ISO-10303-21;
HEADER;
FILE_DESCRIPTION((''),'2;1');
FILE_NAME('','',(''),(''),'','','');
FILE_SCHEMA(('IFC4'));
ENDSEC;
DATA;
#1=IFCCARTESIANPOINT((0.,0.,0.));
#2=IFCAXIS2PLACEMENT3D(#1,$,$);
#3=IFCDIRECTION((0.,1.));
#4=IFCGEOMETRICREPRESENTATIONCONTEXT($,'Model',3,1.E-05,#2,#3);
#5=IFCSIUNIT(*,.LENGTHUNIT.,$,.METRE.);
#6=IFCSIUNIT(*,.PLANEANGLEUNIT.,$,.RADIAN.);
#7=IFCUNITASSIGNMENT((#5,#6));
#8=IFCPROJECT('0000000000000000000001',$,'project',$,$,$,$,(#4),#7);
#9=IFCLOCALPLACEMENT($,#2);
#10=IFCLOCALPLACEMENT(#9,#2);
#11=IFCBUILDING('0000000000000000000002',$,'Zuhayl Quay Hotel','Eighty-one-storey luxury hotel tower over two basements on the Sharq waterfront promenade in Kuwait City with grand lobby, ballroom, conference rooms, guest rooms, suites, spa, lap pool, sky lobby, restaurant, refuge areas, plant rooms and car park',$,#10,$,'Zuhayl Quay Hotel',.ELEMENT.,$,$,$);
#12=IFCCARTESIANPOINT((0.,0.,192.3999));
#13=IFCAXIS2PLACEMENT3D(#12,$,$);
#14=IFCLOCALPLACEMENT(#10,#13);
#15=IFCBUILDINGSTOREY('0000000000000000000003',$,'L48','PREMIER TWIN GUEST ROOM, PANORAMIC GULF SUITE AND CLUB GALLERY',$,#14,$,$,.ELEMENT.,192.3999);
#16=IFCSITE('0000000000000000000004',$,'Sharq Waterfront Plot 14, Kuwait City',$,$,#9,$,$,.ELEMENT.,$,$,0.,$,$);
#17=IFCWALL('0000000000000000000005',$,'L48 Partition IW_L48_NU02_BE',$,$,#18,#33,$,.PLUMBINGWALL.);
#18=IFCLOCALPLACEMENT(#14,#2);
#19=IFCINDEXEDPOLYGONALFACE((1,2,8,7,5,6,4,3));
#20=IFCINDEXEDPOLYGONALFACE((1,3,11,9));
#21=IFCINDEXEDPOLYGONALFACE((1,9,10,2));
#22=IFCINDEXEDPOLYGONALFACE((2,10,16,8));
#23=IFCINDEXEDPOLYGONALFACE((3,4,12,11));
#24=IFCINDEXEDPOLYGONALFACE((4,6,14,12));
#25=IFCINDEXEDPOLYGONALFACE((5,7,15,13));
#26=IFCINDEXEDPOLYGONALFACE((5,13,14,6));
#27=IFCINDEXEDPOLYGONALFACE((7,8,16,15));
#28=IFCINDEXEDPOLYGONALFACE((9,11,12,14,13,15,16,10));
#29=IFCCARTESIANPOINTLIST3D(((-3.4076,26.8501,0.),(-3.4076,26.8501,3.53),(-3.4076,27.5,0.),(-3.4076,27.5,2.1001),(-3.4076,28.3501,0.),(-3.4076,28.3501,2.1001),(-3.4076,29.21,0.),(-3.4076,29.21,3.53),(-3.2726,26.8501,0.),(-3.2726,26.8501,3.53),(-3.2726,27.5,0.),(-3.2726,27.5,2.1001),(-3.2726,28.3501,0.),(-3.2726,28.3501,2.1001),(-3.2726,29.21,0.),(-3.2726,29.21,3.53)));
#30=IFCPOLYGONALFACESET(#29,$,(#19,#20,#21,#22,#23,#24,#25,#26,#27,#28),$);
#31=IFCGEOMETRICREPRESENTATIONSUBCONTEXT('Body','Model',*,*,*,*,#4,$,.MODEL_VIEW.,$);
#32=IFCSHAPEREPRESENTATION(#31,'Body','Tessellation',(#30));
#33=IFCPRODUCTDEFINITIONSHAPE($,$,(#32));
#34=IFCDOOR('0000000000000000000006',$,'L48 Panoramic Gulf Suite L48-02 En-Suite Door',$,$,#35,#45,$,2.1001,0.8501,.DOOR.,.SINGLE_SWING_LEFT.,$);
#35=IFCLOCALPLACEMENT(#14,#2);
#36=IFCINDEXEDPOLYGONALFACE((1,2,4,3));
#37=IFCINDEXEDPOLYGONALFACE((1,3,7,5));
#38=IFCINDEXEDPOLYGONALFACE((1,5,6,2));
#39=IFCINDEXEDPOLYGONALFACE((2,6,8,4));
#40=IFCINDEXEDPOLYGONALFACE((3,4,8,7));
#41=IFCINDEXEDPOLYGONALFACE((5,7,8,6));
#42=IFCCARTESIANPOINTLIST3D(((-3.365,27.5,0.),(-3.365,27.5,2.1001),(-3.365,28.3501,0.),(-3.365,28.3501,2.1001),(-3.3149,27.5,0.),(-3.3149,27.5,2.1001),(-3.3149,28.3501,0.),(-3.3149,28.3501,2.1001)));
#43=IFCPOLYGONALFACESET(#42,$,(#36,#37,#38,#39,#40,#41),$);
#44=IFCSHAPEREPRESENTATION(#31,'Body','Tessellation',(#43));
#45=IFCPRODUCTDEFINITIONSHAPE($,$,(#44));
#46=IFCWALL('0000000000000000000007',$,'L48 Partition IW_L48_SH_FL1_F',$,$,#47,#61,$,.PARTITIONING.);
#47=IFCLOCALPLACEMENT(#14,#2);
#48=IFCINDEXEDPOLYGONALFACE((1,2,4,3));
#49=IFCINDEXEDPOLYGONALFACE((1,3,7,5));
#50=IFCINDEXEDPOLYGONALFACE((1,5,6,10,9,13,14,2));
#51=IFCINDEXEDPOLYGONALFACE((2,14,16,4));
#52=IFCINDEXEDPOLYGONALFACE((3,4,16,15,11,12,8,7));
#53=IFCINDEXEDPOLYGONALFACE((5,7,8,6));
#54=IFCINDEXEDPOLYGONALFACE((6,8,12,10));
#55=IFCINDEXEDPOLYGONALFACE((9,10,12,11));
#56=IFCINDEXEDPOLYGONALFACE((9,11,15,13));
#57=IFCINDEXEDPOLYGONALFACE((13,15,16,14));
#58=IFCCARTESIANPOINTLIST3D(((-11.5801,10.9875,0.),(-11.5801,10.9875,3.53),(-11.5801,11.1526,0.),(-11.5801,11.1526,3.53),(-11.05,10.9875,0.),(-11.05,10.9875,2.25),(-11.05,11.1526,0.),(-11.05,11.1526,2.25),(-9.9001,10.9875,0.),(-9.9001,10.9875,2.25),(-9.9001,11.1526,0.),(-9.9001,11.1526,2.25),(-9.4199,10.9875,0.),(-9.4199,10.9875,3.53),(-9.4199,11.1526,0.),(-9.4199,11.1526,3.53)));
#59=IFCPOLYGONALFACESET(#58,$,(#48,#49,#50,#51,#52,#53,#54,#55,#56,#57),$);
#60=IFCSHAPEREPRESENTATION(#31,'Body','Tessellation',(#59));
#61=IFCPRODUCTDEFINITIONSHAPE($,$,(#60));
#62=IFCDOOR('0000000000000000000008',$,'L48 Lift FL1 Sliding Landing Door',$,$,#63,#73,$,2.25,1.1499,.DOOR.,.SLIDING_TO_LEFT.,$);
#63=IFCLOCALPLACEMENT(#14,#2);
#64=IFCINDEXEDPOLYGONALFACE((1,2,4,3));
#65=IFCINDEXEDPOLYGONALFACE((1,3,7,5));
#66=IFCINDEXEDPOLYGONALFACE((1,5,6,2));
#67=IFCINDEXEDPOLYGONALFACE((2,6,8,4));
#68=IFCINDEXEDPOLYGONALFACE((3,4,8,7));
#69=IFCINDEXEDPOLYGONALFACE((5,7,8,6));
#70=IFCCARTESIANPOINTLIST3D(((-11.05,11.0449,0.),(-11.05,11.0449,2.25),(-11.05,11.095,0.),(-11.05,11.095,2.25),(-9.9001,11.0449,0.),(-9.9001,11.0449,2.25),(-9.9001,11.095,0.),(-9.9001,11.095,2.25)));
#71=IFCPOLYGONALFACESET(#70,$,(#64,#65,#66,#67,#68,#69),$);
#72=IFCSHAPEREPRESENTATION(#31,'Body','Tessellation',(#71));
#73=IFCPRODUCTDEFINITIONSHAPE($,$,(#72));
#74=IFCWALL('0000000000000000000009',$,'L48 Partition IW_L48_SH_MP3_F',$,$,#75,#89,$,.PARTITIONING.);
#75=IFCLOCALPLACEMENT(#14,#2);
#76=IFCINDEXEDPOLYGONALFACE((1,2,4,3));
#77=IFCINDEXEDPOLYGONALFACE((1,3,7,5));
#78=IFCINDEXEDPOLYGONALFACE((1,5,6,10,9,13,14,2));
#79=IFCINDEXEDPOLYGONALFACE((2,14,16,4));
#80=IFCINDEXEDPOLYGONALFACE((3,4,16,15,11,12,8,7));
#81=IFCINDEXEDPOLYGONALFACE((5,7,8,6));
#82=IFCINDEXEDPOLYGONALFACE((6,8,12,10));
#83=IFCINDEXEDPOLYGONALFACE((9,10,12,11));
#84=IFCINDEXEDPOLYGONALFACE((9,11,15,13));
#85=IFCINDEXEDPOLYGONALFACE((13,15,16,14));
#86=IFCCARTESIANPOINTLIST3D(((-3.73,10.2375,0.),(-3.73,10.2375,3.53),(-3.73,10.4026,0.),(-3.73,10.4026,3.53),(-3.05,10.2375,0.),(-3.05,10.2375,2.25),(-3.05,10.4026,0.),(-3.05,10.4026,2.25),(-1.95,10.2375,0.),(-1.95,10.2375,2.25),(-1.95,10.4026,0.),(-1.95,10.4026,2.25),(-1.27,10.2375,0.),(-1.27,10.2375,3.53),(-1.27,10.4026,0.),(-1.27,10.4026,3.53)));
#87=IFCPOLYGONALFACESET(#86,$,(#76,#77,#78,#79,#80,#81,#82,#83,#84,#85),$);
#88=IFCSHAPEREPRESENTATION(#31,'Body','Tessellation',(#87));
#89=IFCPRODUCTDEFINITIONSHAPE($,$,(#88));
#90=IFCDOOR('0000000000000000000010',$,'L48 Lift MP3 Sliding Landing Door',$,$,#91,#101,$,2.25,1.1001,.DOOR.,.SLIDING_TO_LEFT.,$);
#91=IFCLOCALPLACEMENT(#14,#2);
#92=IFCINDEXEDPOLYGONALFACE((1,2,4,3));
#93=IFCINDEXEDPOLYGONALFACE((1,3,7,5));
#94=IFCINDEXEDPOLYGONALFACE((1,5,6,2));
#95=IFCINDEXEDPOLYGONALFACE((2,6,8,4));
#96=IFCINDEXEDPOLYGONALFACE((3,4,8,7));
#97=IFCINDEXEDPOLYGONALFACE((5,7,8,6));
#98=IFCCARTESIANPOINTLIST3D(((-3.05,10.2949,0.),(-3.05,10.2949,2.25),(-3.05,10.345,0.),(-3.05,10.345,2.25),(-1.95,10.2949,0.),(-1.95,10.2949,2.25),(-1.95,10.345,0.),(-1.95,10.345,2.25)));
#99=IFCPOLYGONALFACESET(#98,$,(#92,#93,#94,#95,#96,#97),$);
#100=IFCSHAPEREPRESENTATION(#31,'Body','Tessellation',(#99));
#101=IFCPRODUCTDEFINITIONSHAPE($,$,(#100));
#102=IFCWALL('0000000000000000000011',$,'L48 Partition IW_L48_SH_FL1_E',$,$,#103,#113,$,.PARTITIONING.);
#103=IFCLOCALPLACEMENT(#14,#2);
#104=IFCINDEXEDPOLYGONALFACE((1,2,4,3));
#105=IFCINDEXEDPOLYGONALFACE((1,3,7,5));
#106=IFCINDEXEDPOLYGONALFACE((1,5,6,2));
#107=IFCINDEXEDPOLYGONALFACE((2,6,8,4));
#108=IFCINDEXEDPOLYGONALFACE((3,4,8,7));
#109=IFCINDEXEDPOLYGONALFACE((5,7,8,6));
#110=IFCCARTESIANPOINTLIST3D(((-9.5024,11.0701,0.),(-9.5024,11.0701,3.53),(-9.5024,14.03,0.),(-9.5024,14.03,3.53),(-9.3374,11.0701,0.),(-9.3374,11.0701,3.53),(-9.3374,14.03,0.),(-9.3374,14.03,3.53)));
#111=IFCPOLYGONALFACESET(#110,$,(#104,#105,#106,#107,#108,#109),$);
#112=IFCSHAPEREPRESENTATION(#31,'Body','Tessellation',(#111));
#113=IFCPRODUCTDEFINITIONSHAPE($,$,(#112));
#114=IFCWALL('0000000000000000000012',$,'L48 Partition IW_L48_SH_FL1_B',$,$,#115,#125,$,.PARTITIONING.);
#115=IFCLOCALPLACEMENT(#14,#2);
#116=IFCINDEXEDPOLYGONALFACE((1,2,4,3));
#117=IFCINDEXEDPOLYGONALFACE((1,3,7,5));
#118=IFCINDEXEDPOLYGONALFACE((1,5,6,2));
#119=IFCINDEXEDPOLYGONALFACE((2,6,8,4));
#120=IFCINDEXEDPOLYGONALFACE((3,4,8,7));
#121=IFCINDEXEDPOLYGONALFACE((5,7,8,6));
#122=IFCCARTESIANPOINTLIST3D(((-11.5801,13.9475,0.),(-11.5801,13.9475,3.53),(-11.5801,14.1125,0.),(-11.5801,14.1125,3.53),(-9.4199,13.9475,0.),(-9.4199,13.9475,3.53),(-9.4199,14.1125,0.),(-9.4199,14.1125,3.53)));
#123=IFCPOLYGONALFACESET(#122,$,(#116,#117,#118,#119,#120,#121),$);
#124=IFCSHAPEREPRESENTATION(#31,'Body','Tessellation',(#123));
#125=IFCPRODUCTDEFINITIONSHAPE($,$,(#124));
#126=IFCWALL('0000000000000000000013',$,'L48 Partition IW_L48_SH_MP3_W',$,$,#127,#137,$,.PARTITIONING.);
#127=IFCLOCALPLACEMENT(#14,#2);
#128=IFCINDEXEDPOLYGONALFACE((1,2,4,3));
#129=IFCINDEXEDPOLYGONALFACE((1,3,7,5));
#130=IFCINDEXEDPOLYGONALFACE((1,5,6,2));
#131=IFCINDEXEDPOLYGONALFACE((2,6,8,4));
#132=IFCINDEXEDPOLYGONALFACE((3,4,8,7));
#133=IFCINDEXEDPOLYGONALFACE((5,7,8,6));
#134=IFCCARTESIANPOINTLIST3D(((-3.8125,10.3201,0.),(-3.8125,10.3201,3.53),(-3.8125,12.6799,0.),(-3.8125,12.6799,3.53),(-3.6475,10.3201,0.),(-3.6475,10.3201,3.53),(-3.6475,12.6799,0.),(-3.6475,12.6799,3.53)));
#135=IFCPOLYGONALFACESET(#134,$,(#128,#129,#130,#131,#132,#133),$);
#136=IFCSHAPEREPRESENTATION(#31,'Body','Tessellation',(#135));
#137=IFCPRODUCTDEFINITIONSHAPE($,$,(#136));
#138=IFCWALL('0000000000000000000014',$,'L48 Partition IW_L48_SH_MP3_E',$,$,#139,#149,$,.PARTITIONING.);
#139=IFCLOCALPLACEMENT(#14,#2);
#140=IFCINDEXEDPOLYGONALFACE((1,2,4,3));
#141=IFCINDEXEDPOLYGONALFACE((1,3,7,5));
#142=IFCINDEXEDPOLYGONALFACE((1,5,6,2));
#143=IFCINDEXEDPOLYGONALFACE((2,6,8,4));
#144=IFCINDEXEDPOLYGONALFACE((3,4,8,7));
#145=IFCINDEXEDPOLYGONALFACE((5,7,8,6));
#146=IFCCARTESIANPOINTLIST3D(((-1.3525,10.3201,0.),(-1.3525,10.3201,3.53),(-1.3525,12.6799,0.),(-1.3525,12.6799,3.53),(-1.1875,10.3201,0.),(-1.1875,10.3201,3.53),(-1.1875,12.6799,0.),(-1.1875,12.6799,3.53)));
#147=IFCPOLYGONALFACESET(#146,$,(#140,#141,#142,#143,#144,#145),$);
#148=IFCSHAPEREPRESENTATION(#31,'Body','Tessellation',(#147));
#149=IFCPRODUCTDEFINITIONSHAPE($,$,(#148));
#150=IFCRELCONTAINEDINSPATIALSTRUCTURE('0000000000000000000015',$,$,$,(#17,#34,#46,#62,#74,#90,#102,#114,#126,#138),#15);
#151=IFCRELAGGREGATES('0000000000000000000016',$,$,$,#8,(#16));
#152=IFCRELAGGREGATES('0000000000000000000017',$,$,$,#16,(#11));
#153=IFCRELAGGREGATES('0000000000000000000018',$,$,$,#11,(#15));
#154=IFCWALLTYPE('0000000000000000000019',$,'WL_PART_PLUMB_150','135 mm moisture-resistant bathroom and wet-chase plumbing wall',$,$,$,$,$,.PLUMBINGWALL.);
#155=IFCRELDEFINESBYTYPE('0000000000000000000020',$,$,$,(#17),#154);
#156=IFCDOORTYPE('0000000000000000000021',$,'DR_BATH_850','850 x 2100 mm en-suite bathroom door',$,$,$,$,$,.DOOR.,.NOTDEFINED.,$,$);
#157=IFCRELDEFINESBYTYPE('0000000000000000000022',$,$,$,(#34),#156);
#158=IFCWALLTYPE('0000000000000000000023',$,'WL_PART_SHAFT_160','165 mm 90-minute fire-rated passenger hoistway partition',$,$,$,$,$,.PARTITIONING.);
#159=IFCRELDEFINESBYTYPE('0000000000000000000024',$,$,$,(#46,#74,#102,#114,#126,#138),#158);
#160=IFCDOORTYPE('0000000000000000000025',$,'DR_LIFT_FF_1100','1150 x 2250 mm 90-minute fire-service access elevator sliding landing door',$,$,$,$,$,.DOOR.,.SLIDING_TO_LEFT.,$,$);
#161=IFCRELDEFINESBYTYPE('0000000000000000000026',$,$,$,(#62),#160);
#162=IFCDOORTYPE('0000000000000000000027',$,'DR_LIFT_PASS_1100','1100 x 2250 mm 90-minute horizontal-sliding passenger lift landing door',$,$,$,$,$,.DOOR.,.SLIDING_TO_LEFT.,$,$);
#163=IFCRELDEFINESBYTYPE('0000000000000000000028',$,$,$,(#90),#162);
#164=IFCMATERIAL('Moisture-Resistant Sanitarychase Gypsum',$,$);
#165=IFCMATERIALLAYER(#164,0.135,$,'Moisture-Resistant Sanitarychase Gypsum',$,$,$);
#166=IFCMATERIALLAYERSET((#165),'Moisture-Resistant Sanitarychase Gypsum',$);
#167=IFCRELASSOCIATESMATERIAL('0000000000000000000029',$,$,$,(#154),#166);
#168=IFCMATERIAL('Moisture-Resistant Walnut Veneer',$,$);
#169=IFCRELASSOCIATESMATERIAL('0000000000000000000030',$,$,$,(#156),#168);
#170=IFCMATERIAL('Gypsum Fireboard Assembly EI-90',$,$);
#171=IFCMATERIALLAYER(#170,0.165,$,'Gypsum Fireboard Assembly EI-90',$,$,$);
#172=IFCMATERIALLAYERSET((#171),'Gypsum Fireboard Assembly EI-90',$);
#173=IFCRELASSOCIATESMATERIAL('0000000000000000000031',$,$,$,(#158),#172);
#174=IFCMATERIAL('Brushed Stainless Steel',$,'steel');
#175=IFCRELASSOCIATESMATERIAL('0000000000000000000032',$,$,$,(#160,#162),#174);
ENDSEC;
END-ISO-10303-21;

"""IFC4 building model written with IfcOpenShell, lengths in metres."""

from ifc_helpers import new_model, si_unit, direction, frame, frame_2d, origin, place, context, subcontext, project, spatial, rectangle, extrude, material, layer, layer_set, type_object, element, fill, save


model = new_model("IFC4")

# Units and contexts
model_context = context("Model", 3, precision=1e-05, world=origin(), true_north=direction((0.0, 1.0)))
body_context = subcontext(model_context, "Body", "Model", "MODEL_VIEW")
ifc_project = project(units=[si_unit("LENGTHUNIT", "METRE"), si_unit("PLANEANGLEUNIT", "RADIAN")], contexts=[model_context])

# Site, building, storey
site_placement = place(None, origin())
site = spatial("IfcSite", under=ifc_project, at=site_placement, Name="Sharq Waterfront Plot 14, Kuwait City", CompositionType="ELEMENT", RefElevation=0.0)
building_placement = place(site_placement, origin())
building = spatial("IfcBuilding", under=site, at=building_placement, Name="Zuhayl Quay Hotel", Description="Eighty-one-storey luxury hotel tower over two basements on the Sharq waterfront promenade in Kuwait City with grand lobby, ballroom, conference rooms, guest rooms, suites, spa, lap pool, sky lobby, restaurant, refuge areas, plant rooms and car park", LongName="Zuhayl Quay Hotel", CompositionType="ELEMENT")
storey_placement = place(building_placement, frame((0.0, 0.0, 192.3999)))
storey = spatial("IfcBuildingStorey", under=building, at=storey_placement, Name="L48", Description="PREMIER TWIN GUEST ROOM, PANORAMIC GULF SUITE AND CLUB GALLERY", CompositionType="ELEMENT", Elevation=192.3999)

# Walls, openings, doors
ifc_material_1 = material(Name="Moisture-Resistant Sanitarychase Gypsum")
ifc_layer_1 = layer(ifc_material_1, 0.135, Name="Moisture-Resistant Sanitarychase Gypsum")
ifc_layer_set_1 = layer_set([ifc_layer_1], Name="Moisture-Resistant Sanitarychase Gypsum")
wall_type_1 = type_object("IfcWallType", Name="WL_PART_PLUMB_150", Description="135 mm moisture-resistant bathroom and wet-chase plumbing wall", PredefinedType="PLUMBINGWALL", material=ifc_layer_set_1)
ifc_material_2 = material(Name="Moisture-Resistant Walnut Veneer")
door_type_1 = type_object("IfcDoorType", Name="DR_BATH_850", Description="850 x 2100 mm en-suite bathroom door", OperationType="NOTDEFINED", PredefinedType="DOOR", material=ifc_material_2)
wall_1_placement = place(storey_placement, frame((-3.3401, 26.8501, 0.0), z_axis=(0.0, 0.0, 1.0), x_axis=(0.0, 1.0, 0.0)))
wall_1 = element("IfcWall", 1, at=wall_1_placement, inside=storey, type_object=wall_type_1, Name="L48 Partition IW_L48_NU02_BE", PredefinedType="PLUMBINGWALL", context=body_context, shape_type="SweptSolid", body=[
    extrude(rectangle(XDim=2.3599, YDim=0.135, at=frame_2d((1.1799, 0.0))), origin(), (0.0, 0.0, 1.0), 3.53),
])
opening_1_placement = place(wall_1_placement, frame((0.6499, 0.0, 0.0)))
opening_1 = element("IfcOpeningElement", 2, at=opening_1_placement, cuts=wall_1, PredefinedType="OPENING", context=body_context, shape_type="SweptSolid", body=[
    extrude(rectangle(XDim=0.8501, YDim=2.1001, at=frame_2d((0.425, 1.05))), frame((0.0, 0.0774, 0.0), z_axis=(0.0, -1.0, 0.0), x_axis=(1.0, 0.0, 0.0)), (0.0, 0.0, 1.0), 0.155),
])
door_1_placement = place(opening_1_placement, origin())
door_1 = element("IfcDoor", 3, at=door_1_placement, inside=storey, type_object=door_type_1, Name="L48 Panoramic Gulf Suite L48-02 En-Suite Door", OperationType="SINGLE_SWING_LEFT", OverallHeight=2.1001, OverallWidth=0.8501, PredefinedType="DOOR", context=body_context, shape_type="SweptSolid", body=[
    extrude(rectangle(XDim=0.8501, YDim=2.1001, at=frame_2d((0.425, 1.05))), frame((0.0, 0.0249, 0.0), z_axis=(0.0, -1.0, 0.0), x_axis=(1.0, 0.0, 0.0)), (0.0, 0.0, 1.0), 0.05),
])
fill(opening_1, door_1)
ifc_material_3 = material(Name="Gypsum Fireboard Assembly EI-90")
ifc_layer_2 = layer(ifc_material_3, 0.165, Name="Gypsum Fireboard Assembly EI-90")
ifc_layer_set_2 = layer_set([ifc_layer_2], Name="Gypsum Fireboard Assembly EI-90")
wall_type_2 = type_object("IfcWallType", Name="WL_PART_SHAFT_160", Description="165 mm 90-minute fire-rated passenger hoistway partition", PredefinedType="PARTITIONING", material=ifc_layer_set_2)
wall_2_placement = place(storey_placement, frame((-11.5801, 11.0701, 0.0), z_axis=(0.0, 0.0, 1.0), x_axis=(1.0, 0.0, 0.0)))
wall_2 = element("IfcWall", 4, at=wall_2_placement, inside=storey, type_object=wall_type_2, Name="L48 Partition IW_L48_SH_FL1_F", PredefinedType="PARTITIONING", context=body_context, shape_type="SweptSolid", body=[
    extrude(rectangle(XDim=2.1602, YDim=0.165, at=frame_2d((1.0801, 0.0))), origin(), (0.0, 0.0, 1.0), 3.53),
])
opening_2_placement = place(wall_2_placement, frame((0.53, 0.0, 0.0)))
opening_2 = element("IfcOpeningElement", 5, at=opening_2_placement, cuts=wall_2, PredefinedType="OPENING", context=body_context, shape_type="SweptSolid", body=[
    extrude(rectangle(XDim=1.1499, YDim=2.25, at=frame_2d((0.575, 1.125))), frame((0.0, 0.0925, 0.0), z_axis=(0.0, -1.0, 0.0), x_axis=(1.0, 0.0, 0.0)), (0.0, 0.0, 1.0), 0.1851),
])
ifc_material_4 = material(Name="Brushed Stainless Steel", Category="steel")
door_type_2 = type_object("IfcDoorType", Name="DR_LIFT_FF_1100", Description="1150 x 2250 mm 90-minute fire-service access elevator sliding landing door", OperationType="SLIDING_TO_LEFT", PredefinedType="DOOR", material=ifc_material_4)
door_2_placement = place(opening_2_placement, origin())
door_2 = element("IfcDoor", 6, at=door_2_placement, inside=storey, type_object=door_type_2, Name="L48 Lift FL1 Sliding Landing Door", OperationType="SLIDING_TO_LEFT", OverallHeight=2.25, OverallWidth=1.1499, PredefinedType="DOOR", context=body_context, shape_type="SweptSolid", body=[
    extrude(rectangle(XDim=1.1499, YDim=2.25, at=frame_2d((0.575, 1.125))), frame((0.0, 0.0249, 0.0), z_axis=(0.0, -1.0, 0.0), x_axis=(1.0, 0.0, 0.0)), (0.0, 0.0, 1.0), 0.05),
])
fill(opening_2, door_2)
wall_3_placement = place(storey_placement, frame((-3.73, 10.3201, 0.0), z_axis=(0.0, 0.0, 1.0), x_axis=(1.0, 0.0, 0.0)))
wall_3 = element("IfcWall", 7, at=wall_3_placement, inside=storey, type_object=wall_type_2, Name="L48 Partition IW_L48_SH_MP3_F", PredefinedType="PARTITIONING", context=body_context, shape_type="SweptSolid", body=[
    extrude(rectangle(XDim=2.46, YDim=0.165, at=frame_2d((1.23, 0.0))), origin(), (0.0, 0.0, 1.0), 3.53),
])
opening_3_placement = place(wall_3_placement, frame((0.6799, 0.0, 0.0)))
opening_3 = element("IfcOpeningElement", 8, at=opening_3_placement, cuts=wall_3, PredefinedType="OPENING", context=body_context, shape_type="SweptSolid", body=[
    extrude(rectangle(XDim=1.1001, YDim=2.25, at=frame_2d((0.55, 1.125))), frame((0.0, 0.0925, 0.0), z_axis=(0.0, -1.0, 0.0), x_axis=(1.0, 0.0, 0.0)), (0.0, 0.0, 1.0), 0.1851),
])
door_type_3 = type_object("IfcDoorType", Name="DR_LIFT_PASS_1100", Description="1100 x 2250 mm 90-minute horizontal-sliding passenger lift landing door", OperationType="SLIDING_TO_LEFT", PredefinedType="DOOR", material=ifc_material_4)
door_3_placement = place(opening_3_placement, origin())
door_3 = element("IfcDoor", 9, at=door_3_placement, inside=storey, type_object=door_type_3, Name="L48 Lift MP3 Sliding Landing Door", OperationType="SLIDING_TO_LEFT", OverallHeight=2.25, OverallWidth=1.1001, PredefinedType="DOOR", context=body_context, shape_type="SweptSolid", body=[
    extrude(rectangle(XDim=1.1001, YDim=2.25, at=frame_2d((0.55, 1.125))), frame((0.0, 0.0249, 0.0), z_axis=(0.0, -1.0, 0.0), x_axis=(1.0, 0.0, 0.0)), (0.0, 0.0, 1.0), 0.05),
])
fill(opening_3, door_3)

# Walls
wall_4_placement = place(storey_placement, frame((-9.4199, 11.0701, 0.0), z_axis=(0.0, 0.0, 1.0), x_axis=(0.0, 1.0, 0.0)))
element("IfcWall", 10, at=wall_4_placement, inside=storey, type_object=wall_type_2, Name="L48 Partition IW_L48_SH_FL1_E", PredefinedType="PARTITIONING", context=body_context, shape_type="SweptSolid", body=[
    extrude(rectangle(XDim=2.96, YDim=0.165, at=frame_2d((1.48, 0.0))), origin(), (0.0, 0.0, 1.0), 3.53),
])
wall_5_placement = place(storey_placement, frame((-11.5801, 14.03, 0.0), z_axis=(0.0, 0.0, 1.0), x_axis=(1.0, 0.0, 0.0)))
element("IfcWall", 11, at=wall_5_placement, inside=storey, type_object=wall_type_2, Name="L48 Partition IW_L48_SH_FL1_B", PredefinedType="PARTITIONING", context=body_context, shape_type="SweptSolid", body=[
    extrude(rectangle(XDim=2.1602, YDim=0.165, at=frame_2d((1.0801, 0.0))), origin(), (0.0, 0.0, 1.0), 3.53),
])
for number, where, z_axis, x_axis, name in (
    (12, (-3.73, 10.3201, 0.0), (0.0, 0.0, 1.0), (0.0, 1.0, 0.0), "L48 Partition IW_L48_SH_MP3_W"),
    (13, (-1.27, 10.3201, 0.0), (0.0, 0.0, 1.0), (0.0, 1.0, 0.0), "L48 Partition IW_L48_SH_MP3_E"),
):
    element("IfcWall", number, at=place(storey_placement, frame(where, z_axis=z_axis, x_axis=x_axis)), inside=storey, type_object=wall_type_2, Name=name, PredefinedType="PARTITIONING", context=body_context, shape_type="SweptSolid", body=[
        extrude(rectangle(XDim=2.3599, YDim=0.165, at=frame_2d((1.1799, 0.0))), origin(), (0.0, 0.0, 1.0), 3.53),
    ])

save(model, "model.ifc")
